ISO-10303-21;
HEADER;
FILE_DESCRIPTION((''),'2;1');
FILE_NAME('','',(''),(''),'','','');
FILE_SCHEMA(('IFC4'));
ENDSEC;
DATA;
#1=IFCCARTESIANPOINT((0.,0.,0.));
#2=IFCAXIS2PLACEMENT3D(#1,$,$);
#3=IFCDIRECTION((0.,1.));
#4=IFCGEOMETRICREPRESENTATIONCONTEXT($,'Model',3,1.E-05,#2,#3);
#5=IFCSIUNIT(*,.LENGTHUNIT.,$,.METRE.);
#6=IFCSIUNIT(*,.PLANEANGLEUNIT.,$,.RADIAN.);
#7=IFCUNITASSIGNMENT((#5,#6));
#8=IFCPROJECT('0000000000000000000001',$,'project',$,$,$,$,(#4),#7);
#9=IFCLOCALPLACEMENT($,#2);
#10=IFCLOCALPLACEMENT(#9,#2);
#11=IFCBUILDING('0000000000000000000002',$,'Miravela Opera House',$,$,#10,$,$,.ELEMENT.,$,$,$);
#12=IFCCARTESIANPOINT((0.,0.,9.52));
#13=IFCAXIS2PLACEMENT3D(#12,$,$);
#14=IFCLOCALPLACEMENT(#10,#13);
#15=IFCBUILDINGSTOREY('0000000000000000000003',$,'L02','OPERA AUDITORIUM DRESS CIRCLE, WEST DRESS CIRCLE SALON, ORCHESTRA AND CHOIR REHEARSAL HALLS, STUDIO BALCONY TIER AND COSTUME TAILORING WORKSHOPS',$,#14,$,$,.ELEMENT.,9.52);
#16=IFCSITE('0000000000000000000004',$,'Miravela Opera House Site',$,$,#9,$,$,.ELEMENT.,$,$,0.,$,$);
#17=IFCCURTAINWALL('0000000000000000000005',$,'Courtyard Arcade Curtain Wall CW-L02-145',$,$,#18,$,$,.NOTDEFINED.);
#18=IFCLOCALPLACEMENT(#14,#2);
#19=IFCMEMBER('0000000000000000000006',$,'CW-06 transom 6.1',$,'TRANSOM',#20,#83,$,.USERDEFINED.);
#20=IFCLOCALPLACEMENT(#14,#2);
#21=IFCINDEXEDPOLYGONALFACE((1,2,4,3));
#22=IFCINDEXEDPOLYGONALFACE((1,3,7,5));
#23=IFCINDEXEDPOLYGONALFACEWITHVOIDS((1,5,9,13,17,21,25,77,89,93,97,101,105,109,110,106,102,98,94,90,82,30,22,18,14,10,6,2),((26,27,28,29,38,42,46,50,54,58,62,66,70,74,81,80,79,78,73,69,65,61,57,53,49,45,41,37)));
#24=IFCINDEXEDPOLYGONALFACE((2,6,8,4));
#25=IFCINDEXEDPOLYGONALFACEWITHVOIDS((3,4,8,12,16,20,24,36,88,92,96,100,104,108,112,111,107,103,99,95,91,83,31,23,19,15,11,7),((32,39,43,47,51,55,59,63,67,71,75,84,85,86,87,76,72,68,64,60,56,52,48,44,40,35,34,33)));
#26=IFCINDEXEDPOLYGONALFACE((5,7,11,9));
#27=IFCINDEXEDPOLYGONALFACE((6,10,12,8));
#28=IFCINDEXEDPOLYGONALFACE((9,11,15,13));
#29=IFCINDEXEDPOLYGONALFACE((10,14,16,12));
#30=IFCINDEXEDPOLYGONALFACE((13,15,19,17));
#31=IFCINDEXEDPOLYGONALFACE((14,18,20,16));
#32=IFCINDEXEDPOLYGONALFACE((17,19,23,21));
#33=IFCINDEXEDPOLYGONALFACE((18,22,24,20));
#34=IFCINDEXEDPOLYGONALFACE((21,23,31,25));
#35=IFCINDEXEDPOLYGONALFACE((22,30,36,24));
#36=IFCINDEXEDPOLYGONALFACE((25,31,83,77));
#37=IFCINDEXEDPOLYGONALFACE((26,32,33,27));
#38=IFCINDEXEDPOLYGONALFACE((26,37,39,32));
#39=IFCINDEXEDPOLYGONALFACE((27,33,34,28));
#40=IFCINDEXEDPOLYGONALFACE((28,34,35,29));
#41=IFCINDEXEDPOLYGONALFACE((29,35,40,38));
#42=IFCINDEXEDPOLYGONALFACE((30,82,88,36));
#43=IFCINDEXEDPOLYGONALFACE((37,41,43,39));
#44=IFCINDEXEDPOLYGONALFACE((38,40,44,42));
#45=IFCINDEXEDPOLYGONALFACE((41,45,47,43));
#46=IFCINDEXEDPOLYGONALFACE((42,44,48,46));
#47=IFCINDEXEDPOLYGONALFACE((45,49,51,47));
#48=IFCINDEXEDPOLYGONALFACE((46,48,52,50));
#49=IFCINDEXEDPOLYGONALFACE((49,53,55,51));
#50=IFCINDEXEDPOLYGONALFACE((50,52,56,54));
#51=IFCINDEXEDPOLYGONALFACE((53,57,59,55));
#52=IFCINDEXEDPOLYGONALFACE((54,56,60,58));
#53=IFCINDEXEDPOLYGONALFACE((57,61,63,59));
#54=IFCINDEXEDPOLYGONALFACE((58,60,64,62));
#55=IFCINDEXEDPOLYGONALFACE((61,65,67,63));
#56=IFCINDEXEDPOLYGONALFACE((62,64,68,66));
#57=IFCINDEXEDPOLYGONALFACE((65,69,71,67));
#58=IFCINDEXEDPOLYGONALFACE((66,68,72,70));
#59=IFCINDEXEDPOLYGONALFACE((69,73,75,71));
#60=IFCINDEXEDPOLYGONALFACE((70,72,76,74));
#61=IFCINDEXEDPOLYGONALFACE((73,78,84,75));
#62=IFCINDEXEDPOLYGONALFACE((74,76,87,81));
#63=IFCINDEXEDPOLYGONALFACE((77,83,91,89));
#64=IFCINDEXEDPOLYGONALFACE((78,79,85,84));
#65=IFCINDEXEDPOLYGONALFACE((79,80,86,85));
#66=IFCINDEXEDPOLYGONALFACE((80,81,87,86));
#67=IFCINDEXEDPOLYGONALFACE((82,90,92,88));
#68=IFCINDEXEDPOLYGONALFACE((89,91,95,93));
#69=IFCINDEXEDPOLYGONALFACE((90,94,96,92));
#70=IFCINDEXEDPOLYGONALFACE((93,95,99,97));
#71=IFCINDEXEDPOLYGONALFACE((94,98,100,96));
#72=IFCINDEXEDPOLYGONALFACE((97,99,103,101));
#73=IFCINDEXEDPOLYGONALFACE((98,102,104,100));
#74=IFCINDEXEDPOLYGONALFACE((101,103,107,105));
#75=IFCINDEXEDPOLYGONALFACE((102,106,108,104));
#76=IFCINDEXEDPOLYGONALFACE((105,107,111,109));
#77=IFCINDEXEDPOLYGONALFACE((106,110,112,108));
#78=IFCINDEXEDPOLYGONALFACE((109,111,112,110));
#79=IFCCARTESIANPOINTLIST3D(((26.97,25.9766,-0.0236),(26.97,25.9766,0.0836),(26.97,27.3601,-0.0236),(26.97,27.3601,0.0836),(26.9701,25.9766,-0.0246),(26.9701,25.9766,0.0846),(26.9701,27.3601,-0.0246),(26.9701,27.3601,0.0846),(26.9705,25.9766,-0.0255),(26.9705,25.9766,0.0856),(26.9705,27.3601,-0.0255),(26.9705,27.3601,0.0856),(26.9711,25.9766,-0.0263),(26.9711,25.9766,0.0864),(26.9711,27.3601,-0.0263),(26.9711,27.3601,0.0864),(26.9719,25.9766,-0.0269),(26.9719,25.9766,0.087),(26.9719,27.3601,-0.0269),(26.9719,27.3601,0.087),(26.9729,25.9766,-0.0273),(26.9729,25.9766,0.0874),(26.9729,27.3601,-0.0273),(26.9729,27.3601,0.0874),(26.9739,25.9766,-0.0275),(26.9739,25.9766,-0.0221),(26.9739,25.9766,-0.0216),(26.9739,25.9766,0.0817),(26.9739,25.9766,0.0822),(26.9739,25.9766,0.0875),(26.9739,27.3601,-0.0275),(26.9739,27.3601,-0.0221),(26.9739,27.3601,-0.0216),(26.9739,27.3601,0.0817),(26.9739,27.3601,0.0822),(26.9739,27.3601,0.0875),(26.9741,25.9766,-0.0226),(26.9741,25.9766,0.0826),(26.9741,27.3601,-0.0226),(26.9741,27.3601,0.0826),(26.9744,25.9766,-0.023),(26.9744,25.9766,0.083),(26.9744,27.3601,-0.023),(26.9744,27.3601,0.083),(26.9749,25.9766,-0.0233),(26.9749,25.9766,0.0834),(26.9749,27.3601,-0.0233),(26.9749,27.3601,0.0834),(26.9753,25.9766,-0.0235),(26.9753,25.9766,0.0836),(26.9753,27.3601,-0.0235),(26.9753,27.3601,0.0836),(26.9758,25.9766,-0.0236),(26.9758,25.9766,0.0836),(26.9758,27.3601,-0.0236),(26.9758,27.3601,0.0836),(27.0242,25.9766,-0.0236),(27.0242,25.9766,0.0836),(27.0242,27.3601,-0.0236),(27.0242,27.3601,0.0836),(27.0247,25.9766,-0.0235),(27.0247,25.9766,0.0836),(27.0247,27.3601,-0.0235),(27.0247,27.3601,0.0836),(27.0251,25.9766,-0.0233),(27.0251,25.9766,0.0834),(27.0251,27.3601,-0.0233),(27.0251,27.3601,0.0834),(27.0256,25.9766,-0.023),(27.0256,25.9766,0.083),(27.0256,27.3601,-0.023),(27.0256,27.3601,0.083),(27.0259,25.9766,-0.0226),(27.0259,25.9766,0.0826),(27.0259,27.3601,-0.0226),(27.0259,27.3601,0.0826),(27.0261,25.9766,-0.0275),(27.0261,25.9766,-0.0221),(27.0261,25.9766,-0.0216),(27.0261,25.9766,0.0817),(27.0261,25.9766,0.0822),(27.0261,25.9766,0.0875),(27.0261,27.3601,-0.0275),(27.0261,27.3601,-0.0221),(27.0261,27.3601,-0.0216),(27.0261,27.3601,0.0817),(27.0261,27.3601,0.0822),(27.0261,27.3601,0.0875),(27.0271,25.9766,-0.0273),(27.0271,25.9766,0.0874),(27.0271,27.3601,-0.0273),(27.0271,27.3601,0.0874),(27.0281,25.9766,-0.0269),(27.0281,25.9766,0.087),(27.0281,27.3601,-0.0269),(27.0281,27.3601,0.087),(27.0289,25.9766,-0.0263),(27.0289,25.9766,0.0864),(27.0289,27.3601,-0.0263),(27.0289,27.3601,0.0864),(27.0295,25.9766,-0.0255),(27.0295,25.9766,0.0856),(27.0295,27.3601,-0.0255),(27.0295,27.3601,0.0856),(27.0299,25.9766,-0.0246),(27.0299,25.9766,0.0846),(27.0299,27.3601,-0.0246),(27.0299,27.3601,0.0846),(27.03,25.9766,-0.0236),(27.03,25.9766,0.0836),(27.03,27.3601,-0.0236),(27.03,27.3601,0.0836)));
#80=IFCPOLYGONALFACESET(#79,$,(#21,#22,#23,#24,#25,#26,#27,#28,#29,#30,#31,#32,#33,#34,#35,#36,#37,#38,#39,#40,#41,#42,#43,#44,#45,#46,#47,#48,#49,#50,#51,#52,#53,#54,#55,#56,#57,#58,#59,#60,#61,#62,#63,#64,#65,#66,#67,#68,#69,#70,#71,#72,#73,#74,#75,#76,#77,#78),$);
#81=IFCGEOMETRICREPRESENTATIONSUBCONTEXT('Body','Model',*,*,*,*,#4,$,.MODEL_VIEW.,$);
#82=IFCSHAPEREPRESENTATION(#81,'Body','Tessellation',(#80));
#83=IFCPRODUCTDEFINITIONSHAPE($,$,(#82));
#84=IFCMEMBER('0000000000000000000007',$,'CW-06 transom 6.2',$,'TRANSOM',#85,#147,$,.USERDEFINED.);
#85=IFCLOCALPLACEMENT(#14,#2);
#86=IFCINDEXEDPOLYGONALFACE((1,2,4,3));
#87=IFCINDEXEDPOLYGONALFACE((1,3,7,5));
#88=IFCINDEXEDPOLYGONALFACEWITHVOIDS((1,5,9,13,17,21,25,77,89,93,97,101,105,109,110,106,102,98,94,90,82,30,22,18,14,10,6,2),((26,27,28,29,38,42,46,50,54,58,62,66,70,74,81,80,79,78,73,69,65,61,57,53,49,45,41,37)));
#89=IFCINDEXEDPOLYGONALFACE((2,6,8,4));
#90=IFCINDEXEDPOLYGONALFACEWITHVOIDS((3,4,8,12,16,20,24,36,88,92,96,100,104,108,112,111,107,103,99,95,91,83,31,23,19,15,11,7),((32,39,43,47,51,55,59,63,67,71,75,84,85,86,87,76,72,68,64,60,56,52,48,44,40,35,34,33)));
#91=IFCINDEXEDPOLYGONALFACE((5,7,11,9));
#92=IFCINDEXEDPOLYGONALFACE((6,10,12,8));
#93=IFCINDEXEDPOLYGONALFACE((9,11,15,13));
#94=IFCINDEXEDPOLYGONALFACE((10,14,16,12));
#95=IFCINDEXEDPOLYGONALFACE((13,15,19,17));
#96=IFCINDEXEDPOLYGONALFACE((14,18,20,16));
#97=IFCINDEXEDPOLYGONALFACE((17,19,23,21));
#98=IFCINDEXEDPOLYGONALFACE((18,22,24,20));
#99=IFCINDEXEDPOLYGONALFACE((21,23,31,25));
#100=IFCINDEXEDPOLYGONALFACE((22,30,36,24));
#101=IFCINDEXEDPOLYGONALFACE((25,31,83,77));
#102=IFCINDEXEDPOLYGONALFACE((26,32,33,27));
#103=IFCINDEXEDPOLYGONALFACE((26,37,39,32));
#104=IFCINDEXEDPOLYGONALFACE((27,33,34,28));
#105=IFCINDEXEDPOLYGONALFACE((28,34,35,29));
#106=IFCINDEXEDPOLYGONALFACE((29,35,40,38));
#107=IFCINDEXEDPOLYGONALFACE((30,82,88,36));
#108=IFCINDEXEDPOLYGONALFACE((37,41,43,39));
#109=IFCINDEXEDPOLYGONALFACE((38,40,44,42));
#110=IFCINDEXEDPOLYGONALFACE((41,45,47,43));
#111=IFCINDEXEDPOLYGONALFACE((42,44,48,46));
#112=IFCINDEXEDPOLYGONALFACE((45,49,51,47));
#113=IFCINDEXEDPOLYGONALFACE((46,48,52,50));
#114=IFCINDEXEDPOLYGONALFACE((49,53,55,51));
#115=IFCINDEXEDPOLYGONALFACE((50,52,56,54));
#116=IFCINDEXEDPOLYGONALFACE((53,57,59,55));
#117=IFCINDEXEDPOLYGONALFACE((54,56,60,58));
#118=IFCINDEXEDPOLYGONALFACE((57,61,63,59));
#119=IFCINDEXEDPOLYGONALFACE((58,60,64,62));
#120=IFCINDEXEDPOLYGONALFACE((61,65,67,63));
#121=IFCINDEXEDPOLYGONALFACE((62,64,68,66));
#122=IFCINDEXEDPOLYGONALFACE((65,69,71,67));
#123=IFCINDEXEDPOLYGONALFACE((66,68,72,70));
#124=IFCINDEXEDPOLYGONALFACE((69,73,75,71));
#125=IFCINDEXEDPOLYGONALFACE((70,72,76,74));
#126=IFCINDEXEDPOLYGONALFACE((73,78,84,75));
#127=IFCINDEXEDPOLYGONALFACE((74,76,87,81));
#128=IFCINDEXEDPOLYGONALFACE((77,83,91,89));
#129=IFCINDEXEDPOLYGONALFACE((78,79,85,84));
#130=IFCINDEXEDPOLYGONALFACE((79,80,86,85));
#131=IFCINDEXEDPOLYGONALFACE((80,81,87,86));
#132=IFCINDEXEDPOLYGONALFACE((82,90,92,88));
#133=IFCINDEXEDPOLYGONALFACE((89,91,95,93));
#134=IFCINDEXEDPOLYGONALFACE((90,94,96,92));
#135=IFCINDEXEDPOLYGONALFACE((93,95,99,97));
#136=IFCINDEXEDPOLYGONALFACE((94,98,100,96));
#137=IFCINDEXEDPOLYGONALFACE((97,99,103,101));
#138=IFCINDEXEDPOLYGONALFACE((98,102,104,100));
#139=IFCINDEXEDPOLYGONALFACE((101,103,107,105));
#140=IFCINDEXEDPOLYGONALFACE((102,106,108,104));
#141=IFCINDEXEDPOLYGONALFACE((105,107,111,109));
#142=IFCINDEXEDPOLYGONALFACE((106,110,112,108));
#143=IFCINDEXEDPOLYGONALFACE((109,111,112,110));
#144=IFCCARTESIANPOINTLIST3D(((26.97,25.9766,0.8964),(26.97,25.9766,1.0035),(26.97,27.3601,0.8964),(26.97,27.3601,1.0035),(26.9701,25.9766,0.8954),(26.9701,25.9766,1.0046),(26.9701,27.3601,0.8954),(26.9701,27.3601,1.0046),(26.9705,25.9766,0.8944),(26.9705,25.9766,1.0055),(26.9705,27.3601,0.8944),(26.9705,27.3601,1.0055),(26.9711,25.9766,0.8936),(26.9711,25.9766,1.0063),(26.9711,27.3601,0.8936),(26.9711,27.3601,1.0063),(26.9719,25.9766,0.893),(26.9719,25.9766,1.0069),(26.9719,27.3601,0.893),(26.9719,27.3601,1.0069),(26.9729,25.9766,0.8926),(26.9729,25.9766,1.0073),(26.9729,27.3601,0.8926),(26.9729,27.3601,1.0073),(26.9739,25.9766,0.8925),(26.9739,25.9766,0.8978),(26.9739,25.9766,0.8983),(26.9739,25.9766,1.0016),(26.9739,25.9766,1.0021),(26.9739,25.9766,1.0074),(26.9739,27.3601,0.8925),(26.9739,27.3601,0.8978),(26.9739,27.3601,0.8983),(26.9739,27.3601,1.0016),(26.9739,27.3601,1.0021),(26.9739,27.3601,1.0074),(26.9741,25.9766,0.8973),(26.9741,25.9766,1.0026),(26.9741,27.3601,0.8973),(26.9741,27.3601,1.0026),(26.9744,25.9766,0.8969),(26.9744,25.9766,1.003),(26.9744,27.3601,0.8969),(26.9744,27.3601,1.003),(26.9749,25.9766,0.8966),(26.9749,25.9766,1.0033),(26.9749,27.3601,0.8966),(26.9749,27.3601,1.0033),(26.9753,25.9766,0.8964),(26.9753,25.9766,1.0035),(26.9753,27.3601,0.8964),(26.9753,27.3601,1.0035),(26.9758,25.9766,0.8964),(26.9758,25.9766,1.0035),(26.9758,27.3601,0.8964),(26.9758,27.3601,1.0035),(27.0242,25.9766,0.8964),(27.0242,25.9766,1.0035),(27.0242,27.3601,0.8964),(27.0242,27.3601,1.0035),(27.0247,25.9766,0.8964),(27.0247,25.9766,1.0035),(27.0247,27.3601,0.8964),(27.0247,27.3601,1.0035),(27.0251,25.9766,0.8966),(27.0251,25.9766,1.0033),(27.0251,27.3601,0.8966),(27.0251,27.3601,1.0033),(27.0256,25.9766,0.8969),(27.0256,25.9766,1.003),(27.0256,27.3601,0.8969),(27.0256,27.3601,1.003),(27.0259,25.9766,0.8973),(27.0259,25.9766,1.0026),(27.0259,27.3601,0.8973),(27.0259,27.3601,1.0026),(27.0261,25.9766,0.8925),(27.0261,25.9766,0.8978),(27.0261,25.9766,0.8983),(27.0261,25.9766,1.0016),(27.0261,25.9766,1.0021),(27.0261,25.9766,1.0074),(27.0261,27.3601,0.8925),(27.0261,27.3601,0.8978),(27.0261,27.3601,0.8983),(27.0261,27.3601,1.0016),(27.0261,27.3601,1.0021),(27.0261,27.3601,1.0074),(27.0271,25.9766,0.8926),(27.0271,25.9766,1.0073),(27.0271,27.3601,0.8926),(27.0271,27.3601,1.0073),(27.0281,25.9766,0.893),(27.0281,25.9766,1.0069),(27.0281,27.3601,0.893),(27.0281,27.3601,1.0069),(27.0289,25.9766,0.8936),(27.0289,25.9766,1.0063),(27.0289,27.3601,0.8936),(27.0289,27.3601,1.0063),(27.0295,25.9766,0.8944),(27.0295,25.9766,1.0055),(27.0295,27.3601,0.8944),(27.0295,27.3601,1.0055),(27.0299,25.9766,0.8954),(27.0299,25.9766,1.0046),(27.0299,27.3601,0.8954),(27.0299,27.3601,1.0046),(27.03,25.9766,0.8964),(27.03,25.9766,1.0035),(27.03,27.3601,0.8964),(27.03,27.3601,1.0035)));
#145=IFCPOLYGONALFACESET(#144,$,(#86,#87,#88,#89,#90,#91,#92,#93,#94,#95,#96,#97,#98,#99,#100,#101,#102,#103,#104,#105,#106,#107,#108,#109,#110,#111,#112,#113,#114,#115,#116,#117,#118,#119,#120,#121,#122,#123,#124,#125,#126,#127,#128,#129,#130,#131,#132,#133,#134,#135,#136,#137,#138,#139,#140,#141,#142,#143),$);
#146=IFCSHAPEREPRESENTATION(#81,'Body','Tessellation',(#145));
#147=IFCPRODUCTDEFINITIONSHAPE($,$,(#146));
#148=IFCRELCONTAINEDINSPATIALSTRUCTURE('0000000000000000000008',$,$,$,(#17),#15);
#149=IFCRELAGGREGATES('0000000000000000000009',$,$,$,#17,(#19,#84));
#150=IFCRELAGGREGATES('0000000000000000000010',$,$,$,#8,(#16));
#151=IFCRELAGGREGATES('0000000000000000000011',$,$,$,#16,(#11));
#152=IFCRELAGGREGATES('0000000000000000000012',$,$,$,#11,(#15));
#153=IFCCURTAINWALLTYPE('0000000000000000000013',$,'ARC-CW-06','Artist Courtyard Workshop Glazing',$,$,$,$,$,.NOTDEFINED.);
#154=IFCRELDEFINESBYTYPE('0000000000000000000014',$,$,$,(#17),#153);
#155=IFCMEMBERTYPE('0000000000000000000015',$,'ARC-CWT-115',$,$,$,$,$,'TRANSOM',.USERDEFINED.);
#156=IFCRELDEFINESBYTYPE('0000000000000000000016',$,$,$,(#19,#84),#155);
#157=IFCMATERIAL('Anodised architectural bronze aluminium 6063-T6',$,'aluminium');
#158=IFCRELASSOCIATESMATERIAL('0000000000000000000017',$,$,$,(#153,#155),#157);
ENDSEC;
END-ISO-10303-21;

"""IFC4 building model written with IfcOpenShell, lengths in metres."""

from ifc_helpers import new_model, si_unit, direction, frame, origin, origin_2d, place, context, subcontext, project, spatial, hollow_rectangle, extrude, material, material_profile, profile_set, type_object, element, aggregate, save


model = new_model("IFC4")

# Units and contexts
model_context = context("Model", 3, precision=1e-05, world=origin(), true_north=direction((0.0, 1.0)))
body_context = subcontext(model_context, "Body", "Model", "MODEL_VIEW")
ifc_project = project(units=[si_unit("LENGTHUNIT", "METRE"), si_unit("PLANEANGLEUNIT", "RADIAN")], contexts=[model_context])

# Site, building, storey
site_placement = place(None, origin())
site = spatial("IfcSite", under=ifc_project, at=site_placement, Name="Miravela Opera House Site", CompositionType="ELEMENT", RefElevation=0.0)
building_placement = place(site_placement, origin())
building = spatial("IfcBuilding", under=site, at=building_placement, Name="Miravela Opera House", CompositionType="ELEMENT")
storey_placement = place(building_placement, frame((0.0, 0.0, 9.52)))
storey = spatial("IfcBuildingStorey", under=building, at=storey_placement, Name="L02", Description="OPERA AUDITORIUM DRESS CIRCLE, WEST DRESS CIRCLE SALON, ORCHESTRA AND CHOIR REHEARSAL HALLS, STUDIO BALCONY TIER AND COSTUME TAILORING WORKSHOPS", CompositionType="ELEMENT", Elevation=9.52)

# Curtain wall, members
ifc_material_1 = material(Name="Anodised architectural bronze aluminium 6063-T6", Category="aluminium")
curtain_wall_type = type_object("IfcCurtainWallType", Name="ARC-CW-06", Description="Artist Courtyard Workshop Glazing", PredefinedType="NOTDEFINED", material=ifc_material_1)
curtain_wall_placement = place(storey_placement, origin())
curtain_wall = element("IfcCurtainWall", 1, at=curtain_wall_placement, inside=storey, type_object=curtain_wall_type, Name="Courtyard Arcade Curtain Wall CW-L02-145", PredefinedType="NOTDEFINED")
ifc_material_profile_1 = material_profile(ifc_material_1, hollow_rectangle(XDim=0.0601, YDim=0.115, WallThickness=0.0039, InnerFilletRadius=0.002, OuterFilletRadius=0.0039, at=origin_2d()), Name="CWT-60X115")
ifc_profile_set_1 = profile_set([ifc_material_profile_1])
member_type_1 = type_object("IfcMemberType", Name="ARC-CWT-115", ElementType="TRANSOM", PredefinedType="USERDEFINED", material=ifc_profile_set_1)
member_1_placement = place(storey_placement, frame((27.0, 25.9766, 0.03), z_axis=(0.0, 1.0, 0.0), x_axis=(-1.0, 0.0, 0.0)))
member_1 = element("IfcMember", 2, at=member_1_placement, type_object=member_type_1, Name="CW-06 transom 6.1", ObjectType="TRANSOM", PredefinedType="USERDEFINED", context=body_context, shape_type="SweptSolid", body=[
    extrude(hollow_rectangle(XDim=0.0601, YDim=0.115, WallThickness=0.0039, InnerFilletRadius=0.002, OuterFilletRadius=0.0039, at=origin_2d()), origin(), (0.0, 0.0, 1.0), 1.3835),
])
member_2_placement = place(storey_placement, frame((27.0, 25.9766, 0.95), z_axis=(0.0, 1.0, 0.0), x_axis=(-1.0, 0.0, 0.0)))
member_2 = element("IfcMember", 3, at=member_2_placement, type_object=member_type_1, Name="CW-06 transom 6.2", ObjectType="TRANSOM", PredefinedType="USERDEFINED", context=body_context, shape_type="SweptSolid", body=[
    extrude(hollow_rectangle(XDim=0.0601, YDim=0.115, WallThickness=0.0039, InnerFilletRadius=0.002, OuterFilletRadius=0.0039, at=origin_2d()), origin(), (0.0, 0.0, 1.0), 1.3835),
])

aggregate(curtain_wall, [member_1, member_2])

save(model, "model.ifc")
